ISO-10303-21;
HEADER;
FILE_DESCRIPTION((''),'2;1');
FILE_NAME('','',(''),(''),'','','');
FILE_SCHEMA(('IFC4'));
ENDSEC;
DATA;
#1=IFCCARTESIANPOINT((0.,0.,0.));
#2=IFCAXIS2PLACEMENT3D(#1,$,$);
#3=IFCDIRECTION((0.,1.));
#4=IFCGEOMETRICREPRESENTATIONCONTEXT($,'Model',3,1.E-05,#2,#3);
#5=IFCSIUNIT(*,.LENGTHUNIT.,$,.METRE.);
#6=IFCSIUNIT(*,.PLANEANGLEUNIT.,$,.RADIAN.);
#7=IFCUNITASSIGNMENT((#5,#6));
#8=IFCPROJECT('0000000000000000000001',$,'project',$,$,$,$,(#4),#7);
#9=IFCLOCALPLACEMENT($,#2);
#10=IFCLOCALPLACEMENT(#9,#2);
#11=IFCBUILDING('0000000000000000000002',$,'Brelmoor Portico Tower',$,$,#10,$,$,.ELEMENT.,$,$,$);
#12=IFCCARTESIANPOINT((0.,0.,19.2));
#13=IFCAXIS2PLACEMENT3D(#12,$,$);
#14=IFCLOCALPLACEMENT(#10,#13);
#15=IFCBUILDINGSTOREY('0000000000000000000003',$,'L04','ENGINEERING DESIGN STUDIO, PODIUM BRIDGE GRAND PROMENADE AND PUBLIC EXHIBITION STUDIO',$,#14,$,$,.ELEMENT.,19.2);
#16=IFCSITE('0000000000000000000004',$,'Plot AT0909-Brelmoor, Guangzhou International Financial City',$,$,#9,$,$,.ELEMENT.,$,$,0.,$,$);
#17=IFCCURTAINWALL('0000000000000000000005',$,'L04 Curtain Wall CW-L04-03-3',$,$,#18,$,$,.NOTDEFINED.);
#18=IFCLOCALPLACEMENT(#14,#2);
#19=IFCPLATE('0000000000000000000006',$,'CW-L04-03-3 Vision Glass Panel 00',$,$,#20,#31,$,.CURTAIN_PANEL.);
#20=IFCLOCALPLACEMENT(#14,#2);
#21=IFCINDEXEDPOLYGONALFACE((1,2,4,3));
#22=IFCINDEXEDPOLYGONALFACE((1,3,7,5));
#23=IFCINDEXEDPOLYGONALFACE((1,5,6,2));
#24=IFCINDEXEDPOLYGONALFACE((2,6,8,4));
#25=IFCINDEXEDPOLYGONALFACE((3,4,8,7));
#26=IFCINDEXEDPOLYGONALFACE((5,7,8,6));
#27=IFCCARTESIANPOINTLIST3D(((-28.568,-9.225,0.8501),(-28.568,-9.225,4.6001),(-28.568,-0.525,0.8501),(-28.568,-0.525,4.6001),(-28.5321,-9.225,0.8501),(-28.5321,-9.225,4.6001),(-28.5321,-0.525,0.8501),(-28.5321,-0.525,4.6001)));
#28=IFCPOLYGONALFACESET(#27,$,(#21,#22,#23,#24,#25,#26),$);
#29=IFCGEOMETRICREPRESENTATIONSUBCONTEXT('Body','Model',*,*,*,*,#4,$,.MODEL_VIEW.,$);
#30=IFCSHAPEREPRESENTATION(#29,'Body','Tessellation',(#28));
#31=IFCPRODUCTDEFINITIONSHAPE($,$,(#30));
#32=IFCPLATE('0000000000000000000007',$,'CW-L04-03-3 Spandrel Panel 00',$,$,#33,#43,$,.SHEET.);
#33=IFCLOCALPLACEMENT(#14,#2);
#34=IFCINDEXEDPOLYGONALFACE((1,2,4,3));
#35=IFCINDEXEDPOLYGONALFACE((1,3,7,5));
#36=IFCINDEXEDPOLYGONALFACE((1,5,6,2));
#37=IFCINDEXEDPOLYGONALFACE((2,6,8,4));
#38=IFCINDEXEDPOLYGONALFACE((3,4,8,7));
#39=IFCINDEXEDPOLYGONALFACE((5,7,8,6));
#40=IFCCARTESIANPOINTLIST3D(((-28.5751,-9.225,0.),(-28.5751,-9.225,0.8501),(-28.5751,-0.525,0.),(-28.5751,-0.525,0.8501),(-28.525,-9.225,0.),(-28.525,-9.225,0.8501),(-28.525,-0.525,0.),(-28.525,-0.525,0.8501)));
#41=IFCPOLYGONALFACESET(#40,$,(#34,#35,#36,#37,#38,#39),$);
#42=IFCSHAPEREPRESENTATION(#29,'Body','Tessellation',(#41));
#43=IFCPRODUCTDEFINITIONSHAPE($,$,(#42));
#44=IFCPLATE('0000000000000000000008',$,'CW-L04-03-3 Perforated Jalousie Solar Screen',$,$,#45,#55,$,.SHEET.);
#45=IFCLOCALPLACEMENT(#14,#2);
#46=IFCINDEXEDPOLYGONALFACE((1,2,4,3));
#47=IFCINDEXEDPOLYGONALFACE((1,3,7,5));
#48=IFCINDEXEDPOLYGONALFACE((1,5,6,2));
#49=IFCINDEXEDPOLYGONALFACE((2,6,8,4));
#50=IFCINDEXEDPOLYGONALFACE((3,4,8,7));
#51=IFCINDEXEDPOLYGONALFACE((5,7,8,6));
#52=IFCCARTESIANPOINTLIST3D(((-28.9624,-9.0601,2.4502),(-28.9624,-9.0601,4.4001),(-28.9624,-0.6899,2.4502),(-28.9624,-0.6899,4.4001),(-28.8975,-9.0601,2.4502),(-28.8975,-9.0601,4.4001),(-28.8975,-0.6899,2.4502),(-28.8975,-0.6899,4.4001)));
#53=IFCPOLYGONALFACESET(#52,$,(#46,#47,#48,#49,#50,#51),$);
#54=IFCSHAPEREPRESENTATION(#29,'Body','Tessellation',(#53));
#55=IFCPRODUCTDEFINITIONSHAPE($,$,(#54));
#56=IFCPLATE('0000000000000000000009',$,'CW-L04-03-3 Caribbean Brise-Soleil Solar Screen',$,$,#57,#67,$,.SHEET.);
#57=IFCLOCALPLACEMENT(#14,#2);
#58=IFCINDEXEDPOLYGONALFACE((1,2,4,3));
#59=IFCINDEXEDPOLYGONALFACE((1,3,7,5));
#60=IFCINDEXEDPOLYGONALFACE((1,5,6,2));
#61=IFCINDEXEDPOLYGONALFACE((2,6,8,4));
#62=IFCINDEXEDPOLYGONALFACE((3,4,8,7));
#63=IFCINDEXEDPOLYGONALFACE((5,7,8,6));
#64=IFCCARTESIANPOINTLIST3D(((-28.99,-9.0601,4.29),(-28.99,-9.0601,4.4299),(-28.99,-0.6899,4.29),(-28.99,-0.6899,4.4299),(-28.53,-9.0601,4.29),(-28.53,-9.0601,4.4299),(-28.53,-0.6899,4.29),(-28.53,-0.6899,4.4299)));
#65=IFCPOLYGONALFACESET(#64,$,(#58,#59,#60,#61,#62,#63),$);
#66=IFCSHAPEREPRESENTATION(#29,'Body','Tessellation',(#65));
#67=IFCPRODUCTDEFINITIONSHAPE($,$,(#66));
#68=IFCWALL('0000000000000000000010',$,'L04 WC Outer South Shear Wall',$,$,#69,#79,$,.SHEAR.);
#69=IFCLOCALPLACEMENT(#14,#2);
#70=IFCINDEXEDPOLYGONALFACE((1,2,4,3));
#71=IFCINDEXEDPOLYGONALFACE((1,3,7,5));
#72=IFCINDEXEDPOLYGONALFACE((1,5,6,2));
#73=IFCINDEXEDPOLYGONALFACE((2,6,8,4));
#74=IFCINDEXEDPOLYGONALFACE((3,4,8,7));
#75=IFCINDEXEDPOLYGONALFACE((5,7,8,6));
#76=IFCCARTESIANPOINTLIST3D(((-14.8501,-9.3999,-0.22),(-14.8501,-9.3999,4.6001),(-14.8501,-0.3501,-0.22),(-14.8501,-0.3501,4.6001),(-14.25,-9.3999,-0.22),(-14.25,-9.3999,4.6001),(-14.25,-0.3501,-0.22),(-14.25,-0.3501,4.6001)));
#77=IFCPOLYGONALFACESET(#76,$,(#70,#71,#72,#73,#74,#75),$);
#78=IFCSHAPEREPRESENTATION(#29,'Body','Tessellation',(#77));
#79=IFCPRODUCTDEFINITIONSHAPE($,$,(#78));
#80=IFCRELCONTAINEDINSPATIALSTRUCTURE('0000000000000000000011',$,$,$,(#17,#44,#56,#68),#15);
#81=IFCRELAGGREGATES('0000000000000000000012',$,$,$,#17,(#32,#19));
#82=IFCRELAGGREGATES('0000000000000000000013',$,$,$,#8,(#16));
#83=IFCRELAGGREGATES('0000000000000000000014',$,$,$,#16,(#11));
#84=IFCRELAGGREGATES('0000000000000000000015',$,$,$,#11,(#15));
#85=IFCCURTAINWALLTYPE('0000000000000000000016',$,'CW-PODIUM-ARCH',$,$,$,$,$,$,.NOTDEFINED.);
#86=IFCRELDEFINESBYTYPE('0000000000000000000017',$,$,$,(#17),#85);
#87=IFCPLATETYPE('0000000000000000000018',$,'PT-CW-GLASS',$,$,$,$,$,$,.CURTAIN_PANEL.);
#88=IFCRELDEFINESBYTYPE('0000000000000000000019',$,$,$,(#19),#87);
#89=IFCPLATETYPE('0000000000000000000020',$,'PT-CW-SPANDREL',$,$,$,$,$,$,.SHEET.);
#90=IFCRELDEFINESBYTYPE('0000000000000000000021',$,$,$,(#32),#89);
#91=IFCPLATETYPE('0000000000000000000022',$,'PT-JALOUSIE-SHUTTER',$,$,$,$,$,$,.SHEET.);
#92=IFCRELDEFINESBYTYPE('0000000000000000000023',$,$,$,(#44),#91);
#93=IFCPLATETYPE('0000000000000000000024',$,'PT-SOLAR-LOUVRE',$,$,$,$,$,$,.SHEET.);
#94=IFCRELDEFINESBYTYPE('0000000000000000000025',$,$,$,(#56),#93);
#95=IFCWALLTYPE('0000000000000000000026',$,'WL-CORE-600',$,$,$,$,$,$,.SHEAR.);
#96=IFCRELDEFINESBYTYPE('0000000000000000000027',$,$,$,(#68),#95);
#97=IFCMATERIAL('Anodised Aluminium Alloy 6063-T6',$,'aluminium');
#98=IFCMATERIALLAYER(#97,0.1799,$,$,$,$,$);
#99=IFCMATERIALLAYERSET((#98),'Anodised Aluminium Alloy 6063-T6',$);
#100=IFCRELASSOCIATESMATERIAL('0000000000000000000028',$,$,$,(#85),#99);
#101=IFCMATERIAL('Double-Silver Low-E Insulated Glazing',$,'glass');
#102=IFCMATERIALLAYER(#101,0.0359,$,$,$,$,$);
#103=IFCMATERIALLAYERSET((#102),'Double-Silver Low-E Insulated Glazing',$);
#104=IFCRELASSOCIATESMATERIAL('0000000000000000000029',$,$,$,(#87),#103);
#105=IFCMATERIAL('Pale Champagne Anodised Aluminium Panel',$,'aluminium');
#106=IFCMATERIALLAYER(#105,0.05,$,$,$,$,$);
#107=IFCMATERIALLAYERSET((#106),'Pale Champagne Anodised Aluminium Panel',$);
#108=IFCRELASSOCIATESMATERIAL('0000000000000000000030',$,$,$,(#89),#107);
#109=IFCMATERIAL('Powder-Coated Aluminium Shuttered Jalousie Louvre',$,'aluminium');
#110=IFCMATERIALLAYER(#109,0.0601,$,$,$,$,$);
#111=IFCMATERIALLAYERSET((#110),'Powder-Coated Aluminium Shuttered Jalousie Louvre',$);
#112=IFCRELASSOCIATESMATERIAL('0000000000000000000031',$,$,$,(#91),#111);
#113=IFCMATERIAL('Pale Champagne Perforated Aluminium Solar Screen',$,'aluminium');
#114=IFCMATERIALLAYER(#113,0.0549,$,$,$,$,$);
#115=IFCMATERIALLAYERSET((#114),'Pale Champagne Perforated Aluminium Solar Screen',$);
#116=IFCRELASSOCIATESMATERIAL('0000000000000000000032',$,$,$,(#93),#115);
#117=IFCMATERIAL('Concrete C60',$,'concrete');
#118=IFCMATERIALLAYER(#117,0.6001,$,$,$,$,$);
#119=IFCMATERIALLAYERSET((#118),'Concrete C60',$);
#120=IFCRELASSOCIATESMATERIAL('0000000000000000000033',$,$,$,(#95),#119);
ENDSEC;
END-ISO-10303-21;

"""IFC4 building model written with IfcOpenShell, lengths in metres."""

from ifc_helpers import new_model, si_unit, direction, frame, frame_2d, origin, origin_2d, place, context, subcontext, project, spatial, rectangle, extrude, material, layer, layer_set, type_object, element, aggregate, save


model = new_model("IFC4")

# Units and contexts
model_context = context("Model", 3, precision=1e-05, world=origin(), true_north=direction((0.0, 1.0)))
body_context = subcontext(model_context, "Body", "Model", "MODEL_VIEW")
ifc_project = project(units=[si_unit("LENGTHUNIT", "METRE"), si_unit("PLANEANGLEUNIT", "RADIAN")], contexts=[model_context])

# Site, building, storey
site_placement = place(None, origin())
site = spatial("IfcSite", under=ifc_project, at=site_placement, Name="Plot AT0909-Brelmoor, Guangzhou International Financial City", CompositionType="ELEMENT", RefElevation=0.0)
building_placement = place(site_placement, origin())
building = spatial("IfcBuilding", under=site, at=building_placement, Name="Brelmoor Portico Tower", CompositionType="ELEMENT")
storey_placement = place(building_placement, frame((0.0, 0.0, 19.2)))
storey = spatial("IfcBuildingStorey", under=building, at=storey_placement, Name="L04", Description="ENGINEERING DESIGN STUDIO, PODIUM BRIDGE GRAND PROMENADE AND PUBLIC EXHIBITION STUDIO", CompositionType="ELEMENT", Elevation=19.2)

# Curtain wall
ifc_material_1 = material(Name="Anodised Aluminium Alloy 6063-T6", Category="aluminium")
ifc_layer_1 = layer(ifc_material_1, 0.1799)
ifc_layer_set_1 = layer_set([ifc_layer_1], Name="Anodised Aluminium Alloy 6063-T6")
curtain_wall_type = type_object("IfcCurtainWallType", Name="CW-PODIUM-ARCH", PredefinedType="NOTDEFINED", material=ifc_layer_set_1)
curtain_wall_placement = place(storey_placement, origin())
curtain_wall = element("IfcCurtainWall", 1, at=curtain_wall_placement, inside=storey, type_object=curtain_wall_type, Name="L04 Curtain Wall CW-L04-03-3", PredefinedType="NOTDEFINED")

# Plates
ifc_material_2 = material(Name="Double-Silver Low-E Insulated Glazing", Category="glass")
ifc_layer_2 = layer(ifc_material_2, 0.0359)
ifc_layer_set_2 = layer_set([ifc_layer_2], Name="Double-Silver Low-E Insulated Glazing")
plate_type_1 = type_object("IfcPlateType", Name="PT-CW-GLASS", PredefinedType="CURTAIN_PANEL", material=ifc_layer_set_2)
plate_1_placement = place(storey_placement, frame((-28.55, -4.875, 0.8501), z_axis=(0.0, 0.0, 1.0), x_axis=(0.0, 1.0, 0.0)))
plate_1 = element("IfcPlate", 2, at=plate_1_placement, type_object=plate_type_1, Name="CW-L04-03-3 Vision Glass Panel 00", PredefinedType="CURTAIN_PANEL", context=body_context, shape_type="SweptSolid", body=[
    extrude(rectangle(XDim=8.7, YDim=0.0359, at=origin_2d()), origin(), (0.0, 0.0, 1.0), 3.75),
])
ifc_material_3 = material(Name="Pale Champagne Anodised Aluminium Panel", Category="aluminium")
ifc_layer_3 = layer(ifc_material_3, 0.05)
ifc_layer_set_3 = layer_set([ifc_layer_3], Name="Pale Champagne Anodised Aluminium Panel")
plate_type_2 = type_object("IfcPlateType", Name="PT-CW-SPANDREL", PredefinedType="SHEET", material=ifc_layer_set_3)
plate_2_placement = place(storey_placement, frame((-28.55, -4.875, 0.0), z_axis=(0.0, 0.0, 1.0), x_axis=(0.0, 1.0, 0.0)))
plate_2 = element("IfcPlate", 3, at=plate_2_placement, type_object=plate_type_2, Name="CW-L04-03-3 Spandrel Panel 00", PredefinedType="SHEET", context=body_context, shape_type="SweptSolid", body=[
    extrude(rectangle(XDim=8.7, YDim=0.05, at=origin_2d()), origin(), (0.0, 0.0, 1.0), 0.8501),
])
aggregate(curtain_wall, [plate_2, plate_1])

# Plates
ifc_material_4 = material(Name="Powder-Coated Aluminium Shuttered Jalousie Louvre", Category="aluminium")
ifc_layer_4 = layer(ifc_material_4, 0.0601)
ifc_layer_set_4 = layer_set([ifc_layer_4], Name="Powder-Coated Aluminium Shuttered Jalousie Louvre")
plate_type_3 = type_object("IfcPlateType", Name="PT-JALOUSIE-SHUTTER", PredefinedType="SHEET", material=ifc_layer_set_4)
plate_3_placement = place(storey_placement, frame((-28.9299, -4.875, 2.4502), z_axis=(0.0, 0.0, 1.0), x_axis=(0.0, 1.0, 0.0)))
element("IfcPlate", 4, at=plate_3_placement, inside=storey, type_object=plate_type_3, Name="CW-L04-03-3 Perforated Jalousie Solar Screen", PredefinedType="SHEET", context=body_context, shape_type="SweptSolid", body=[
    extrude(rectangle(XDim=8.3701, YDim=0.0649, at=origin_2d()), origin(), (0.0, 0.0, 1.0), 1.95),
])
ifc_material_5 = material(Name="Pale Champagne Perforated Aluminium Solar Screen", Category="aluminium")
ifc_layer_5 = layer(ifc_material_5, 0.0549)
ifc_layer_set_5 = layer_set([ifc_layer_5], Name="Pale Champagne Perforated Aluminium Solar Screen")
plate_type_4 = type_object("IfcPlateType", Name="PT-SOLAR-LOUVRE", PredefinedType="SHEET", material=ifc_layer_set_5)
plate_4_placement = place(storey_placement, frame((-28.76, -4.875, 4.29), z_axis=(0.0, 0.0, 1.0), x_axis=(0.0, 1.0, 0.0)))
element("IfcPlate", 5, at=plate_4_placement, inside=storey, type_object=plate_type_4, Name="CW-L04-03-3 Caribbean Brise-Soleil Solar Screen", PredefinedType="SHEET", context=body_context, shape_type="SweptSolid", body=[
    extrude(rectangle(XDim=8.3701, YDim=0.46, at=origin_2d()), origin(), (0.0, 0.0, 1.0), 0.1399),
])

# Wall
ifc_material_6 = material(Name="Concrete C60", Category="concrete")
ifc_layer_6 = layer(ifc_material_6, 0.6001)
ifc_layer_set_6 = layer_set([ifc_layer_6], Name="Concrete C60")
wall_type = type_object("IfcWallType", Name="WL-CORE-600", PredefinedType="SHEAR", material=ifc_layer_set_6)
wall_placement = place(storey_placement, frame((-14.55, -9.3999, -0.22), z_axis=(0.0, 0.0, 1.0), x_axis=(0.0, 1.0, 0.0)))
element("IfcWall", 6, at=wall_placement, inside=storey, type_object=wall_type, Name="L04 WC Outer South Shear Wall", PredefinedType="SHEAR", context=body_context, shape_type="SweptSolid", body=[
    extrude(rectangle(XDim=9.0498, YDim=0.6001, at=frame_2d((4.5249, 0.0))), origin(), (0.0, 0.0, 1.0), 4.8201),
])

save(model, "model.ifc")
